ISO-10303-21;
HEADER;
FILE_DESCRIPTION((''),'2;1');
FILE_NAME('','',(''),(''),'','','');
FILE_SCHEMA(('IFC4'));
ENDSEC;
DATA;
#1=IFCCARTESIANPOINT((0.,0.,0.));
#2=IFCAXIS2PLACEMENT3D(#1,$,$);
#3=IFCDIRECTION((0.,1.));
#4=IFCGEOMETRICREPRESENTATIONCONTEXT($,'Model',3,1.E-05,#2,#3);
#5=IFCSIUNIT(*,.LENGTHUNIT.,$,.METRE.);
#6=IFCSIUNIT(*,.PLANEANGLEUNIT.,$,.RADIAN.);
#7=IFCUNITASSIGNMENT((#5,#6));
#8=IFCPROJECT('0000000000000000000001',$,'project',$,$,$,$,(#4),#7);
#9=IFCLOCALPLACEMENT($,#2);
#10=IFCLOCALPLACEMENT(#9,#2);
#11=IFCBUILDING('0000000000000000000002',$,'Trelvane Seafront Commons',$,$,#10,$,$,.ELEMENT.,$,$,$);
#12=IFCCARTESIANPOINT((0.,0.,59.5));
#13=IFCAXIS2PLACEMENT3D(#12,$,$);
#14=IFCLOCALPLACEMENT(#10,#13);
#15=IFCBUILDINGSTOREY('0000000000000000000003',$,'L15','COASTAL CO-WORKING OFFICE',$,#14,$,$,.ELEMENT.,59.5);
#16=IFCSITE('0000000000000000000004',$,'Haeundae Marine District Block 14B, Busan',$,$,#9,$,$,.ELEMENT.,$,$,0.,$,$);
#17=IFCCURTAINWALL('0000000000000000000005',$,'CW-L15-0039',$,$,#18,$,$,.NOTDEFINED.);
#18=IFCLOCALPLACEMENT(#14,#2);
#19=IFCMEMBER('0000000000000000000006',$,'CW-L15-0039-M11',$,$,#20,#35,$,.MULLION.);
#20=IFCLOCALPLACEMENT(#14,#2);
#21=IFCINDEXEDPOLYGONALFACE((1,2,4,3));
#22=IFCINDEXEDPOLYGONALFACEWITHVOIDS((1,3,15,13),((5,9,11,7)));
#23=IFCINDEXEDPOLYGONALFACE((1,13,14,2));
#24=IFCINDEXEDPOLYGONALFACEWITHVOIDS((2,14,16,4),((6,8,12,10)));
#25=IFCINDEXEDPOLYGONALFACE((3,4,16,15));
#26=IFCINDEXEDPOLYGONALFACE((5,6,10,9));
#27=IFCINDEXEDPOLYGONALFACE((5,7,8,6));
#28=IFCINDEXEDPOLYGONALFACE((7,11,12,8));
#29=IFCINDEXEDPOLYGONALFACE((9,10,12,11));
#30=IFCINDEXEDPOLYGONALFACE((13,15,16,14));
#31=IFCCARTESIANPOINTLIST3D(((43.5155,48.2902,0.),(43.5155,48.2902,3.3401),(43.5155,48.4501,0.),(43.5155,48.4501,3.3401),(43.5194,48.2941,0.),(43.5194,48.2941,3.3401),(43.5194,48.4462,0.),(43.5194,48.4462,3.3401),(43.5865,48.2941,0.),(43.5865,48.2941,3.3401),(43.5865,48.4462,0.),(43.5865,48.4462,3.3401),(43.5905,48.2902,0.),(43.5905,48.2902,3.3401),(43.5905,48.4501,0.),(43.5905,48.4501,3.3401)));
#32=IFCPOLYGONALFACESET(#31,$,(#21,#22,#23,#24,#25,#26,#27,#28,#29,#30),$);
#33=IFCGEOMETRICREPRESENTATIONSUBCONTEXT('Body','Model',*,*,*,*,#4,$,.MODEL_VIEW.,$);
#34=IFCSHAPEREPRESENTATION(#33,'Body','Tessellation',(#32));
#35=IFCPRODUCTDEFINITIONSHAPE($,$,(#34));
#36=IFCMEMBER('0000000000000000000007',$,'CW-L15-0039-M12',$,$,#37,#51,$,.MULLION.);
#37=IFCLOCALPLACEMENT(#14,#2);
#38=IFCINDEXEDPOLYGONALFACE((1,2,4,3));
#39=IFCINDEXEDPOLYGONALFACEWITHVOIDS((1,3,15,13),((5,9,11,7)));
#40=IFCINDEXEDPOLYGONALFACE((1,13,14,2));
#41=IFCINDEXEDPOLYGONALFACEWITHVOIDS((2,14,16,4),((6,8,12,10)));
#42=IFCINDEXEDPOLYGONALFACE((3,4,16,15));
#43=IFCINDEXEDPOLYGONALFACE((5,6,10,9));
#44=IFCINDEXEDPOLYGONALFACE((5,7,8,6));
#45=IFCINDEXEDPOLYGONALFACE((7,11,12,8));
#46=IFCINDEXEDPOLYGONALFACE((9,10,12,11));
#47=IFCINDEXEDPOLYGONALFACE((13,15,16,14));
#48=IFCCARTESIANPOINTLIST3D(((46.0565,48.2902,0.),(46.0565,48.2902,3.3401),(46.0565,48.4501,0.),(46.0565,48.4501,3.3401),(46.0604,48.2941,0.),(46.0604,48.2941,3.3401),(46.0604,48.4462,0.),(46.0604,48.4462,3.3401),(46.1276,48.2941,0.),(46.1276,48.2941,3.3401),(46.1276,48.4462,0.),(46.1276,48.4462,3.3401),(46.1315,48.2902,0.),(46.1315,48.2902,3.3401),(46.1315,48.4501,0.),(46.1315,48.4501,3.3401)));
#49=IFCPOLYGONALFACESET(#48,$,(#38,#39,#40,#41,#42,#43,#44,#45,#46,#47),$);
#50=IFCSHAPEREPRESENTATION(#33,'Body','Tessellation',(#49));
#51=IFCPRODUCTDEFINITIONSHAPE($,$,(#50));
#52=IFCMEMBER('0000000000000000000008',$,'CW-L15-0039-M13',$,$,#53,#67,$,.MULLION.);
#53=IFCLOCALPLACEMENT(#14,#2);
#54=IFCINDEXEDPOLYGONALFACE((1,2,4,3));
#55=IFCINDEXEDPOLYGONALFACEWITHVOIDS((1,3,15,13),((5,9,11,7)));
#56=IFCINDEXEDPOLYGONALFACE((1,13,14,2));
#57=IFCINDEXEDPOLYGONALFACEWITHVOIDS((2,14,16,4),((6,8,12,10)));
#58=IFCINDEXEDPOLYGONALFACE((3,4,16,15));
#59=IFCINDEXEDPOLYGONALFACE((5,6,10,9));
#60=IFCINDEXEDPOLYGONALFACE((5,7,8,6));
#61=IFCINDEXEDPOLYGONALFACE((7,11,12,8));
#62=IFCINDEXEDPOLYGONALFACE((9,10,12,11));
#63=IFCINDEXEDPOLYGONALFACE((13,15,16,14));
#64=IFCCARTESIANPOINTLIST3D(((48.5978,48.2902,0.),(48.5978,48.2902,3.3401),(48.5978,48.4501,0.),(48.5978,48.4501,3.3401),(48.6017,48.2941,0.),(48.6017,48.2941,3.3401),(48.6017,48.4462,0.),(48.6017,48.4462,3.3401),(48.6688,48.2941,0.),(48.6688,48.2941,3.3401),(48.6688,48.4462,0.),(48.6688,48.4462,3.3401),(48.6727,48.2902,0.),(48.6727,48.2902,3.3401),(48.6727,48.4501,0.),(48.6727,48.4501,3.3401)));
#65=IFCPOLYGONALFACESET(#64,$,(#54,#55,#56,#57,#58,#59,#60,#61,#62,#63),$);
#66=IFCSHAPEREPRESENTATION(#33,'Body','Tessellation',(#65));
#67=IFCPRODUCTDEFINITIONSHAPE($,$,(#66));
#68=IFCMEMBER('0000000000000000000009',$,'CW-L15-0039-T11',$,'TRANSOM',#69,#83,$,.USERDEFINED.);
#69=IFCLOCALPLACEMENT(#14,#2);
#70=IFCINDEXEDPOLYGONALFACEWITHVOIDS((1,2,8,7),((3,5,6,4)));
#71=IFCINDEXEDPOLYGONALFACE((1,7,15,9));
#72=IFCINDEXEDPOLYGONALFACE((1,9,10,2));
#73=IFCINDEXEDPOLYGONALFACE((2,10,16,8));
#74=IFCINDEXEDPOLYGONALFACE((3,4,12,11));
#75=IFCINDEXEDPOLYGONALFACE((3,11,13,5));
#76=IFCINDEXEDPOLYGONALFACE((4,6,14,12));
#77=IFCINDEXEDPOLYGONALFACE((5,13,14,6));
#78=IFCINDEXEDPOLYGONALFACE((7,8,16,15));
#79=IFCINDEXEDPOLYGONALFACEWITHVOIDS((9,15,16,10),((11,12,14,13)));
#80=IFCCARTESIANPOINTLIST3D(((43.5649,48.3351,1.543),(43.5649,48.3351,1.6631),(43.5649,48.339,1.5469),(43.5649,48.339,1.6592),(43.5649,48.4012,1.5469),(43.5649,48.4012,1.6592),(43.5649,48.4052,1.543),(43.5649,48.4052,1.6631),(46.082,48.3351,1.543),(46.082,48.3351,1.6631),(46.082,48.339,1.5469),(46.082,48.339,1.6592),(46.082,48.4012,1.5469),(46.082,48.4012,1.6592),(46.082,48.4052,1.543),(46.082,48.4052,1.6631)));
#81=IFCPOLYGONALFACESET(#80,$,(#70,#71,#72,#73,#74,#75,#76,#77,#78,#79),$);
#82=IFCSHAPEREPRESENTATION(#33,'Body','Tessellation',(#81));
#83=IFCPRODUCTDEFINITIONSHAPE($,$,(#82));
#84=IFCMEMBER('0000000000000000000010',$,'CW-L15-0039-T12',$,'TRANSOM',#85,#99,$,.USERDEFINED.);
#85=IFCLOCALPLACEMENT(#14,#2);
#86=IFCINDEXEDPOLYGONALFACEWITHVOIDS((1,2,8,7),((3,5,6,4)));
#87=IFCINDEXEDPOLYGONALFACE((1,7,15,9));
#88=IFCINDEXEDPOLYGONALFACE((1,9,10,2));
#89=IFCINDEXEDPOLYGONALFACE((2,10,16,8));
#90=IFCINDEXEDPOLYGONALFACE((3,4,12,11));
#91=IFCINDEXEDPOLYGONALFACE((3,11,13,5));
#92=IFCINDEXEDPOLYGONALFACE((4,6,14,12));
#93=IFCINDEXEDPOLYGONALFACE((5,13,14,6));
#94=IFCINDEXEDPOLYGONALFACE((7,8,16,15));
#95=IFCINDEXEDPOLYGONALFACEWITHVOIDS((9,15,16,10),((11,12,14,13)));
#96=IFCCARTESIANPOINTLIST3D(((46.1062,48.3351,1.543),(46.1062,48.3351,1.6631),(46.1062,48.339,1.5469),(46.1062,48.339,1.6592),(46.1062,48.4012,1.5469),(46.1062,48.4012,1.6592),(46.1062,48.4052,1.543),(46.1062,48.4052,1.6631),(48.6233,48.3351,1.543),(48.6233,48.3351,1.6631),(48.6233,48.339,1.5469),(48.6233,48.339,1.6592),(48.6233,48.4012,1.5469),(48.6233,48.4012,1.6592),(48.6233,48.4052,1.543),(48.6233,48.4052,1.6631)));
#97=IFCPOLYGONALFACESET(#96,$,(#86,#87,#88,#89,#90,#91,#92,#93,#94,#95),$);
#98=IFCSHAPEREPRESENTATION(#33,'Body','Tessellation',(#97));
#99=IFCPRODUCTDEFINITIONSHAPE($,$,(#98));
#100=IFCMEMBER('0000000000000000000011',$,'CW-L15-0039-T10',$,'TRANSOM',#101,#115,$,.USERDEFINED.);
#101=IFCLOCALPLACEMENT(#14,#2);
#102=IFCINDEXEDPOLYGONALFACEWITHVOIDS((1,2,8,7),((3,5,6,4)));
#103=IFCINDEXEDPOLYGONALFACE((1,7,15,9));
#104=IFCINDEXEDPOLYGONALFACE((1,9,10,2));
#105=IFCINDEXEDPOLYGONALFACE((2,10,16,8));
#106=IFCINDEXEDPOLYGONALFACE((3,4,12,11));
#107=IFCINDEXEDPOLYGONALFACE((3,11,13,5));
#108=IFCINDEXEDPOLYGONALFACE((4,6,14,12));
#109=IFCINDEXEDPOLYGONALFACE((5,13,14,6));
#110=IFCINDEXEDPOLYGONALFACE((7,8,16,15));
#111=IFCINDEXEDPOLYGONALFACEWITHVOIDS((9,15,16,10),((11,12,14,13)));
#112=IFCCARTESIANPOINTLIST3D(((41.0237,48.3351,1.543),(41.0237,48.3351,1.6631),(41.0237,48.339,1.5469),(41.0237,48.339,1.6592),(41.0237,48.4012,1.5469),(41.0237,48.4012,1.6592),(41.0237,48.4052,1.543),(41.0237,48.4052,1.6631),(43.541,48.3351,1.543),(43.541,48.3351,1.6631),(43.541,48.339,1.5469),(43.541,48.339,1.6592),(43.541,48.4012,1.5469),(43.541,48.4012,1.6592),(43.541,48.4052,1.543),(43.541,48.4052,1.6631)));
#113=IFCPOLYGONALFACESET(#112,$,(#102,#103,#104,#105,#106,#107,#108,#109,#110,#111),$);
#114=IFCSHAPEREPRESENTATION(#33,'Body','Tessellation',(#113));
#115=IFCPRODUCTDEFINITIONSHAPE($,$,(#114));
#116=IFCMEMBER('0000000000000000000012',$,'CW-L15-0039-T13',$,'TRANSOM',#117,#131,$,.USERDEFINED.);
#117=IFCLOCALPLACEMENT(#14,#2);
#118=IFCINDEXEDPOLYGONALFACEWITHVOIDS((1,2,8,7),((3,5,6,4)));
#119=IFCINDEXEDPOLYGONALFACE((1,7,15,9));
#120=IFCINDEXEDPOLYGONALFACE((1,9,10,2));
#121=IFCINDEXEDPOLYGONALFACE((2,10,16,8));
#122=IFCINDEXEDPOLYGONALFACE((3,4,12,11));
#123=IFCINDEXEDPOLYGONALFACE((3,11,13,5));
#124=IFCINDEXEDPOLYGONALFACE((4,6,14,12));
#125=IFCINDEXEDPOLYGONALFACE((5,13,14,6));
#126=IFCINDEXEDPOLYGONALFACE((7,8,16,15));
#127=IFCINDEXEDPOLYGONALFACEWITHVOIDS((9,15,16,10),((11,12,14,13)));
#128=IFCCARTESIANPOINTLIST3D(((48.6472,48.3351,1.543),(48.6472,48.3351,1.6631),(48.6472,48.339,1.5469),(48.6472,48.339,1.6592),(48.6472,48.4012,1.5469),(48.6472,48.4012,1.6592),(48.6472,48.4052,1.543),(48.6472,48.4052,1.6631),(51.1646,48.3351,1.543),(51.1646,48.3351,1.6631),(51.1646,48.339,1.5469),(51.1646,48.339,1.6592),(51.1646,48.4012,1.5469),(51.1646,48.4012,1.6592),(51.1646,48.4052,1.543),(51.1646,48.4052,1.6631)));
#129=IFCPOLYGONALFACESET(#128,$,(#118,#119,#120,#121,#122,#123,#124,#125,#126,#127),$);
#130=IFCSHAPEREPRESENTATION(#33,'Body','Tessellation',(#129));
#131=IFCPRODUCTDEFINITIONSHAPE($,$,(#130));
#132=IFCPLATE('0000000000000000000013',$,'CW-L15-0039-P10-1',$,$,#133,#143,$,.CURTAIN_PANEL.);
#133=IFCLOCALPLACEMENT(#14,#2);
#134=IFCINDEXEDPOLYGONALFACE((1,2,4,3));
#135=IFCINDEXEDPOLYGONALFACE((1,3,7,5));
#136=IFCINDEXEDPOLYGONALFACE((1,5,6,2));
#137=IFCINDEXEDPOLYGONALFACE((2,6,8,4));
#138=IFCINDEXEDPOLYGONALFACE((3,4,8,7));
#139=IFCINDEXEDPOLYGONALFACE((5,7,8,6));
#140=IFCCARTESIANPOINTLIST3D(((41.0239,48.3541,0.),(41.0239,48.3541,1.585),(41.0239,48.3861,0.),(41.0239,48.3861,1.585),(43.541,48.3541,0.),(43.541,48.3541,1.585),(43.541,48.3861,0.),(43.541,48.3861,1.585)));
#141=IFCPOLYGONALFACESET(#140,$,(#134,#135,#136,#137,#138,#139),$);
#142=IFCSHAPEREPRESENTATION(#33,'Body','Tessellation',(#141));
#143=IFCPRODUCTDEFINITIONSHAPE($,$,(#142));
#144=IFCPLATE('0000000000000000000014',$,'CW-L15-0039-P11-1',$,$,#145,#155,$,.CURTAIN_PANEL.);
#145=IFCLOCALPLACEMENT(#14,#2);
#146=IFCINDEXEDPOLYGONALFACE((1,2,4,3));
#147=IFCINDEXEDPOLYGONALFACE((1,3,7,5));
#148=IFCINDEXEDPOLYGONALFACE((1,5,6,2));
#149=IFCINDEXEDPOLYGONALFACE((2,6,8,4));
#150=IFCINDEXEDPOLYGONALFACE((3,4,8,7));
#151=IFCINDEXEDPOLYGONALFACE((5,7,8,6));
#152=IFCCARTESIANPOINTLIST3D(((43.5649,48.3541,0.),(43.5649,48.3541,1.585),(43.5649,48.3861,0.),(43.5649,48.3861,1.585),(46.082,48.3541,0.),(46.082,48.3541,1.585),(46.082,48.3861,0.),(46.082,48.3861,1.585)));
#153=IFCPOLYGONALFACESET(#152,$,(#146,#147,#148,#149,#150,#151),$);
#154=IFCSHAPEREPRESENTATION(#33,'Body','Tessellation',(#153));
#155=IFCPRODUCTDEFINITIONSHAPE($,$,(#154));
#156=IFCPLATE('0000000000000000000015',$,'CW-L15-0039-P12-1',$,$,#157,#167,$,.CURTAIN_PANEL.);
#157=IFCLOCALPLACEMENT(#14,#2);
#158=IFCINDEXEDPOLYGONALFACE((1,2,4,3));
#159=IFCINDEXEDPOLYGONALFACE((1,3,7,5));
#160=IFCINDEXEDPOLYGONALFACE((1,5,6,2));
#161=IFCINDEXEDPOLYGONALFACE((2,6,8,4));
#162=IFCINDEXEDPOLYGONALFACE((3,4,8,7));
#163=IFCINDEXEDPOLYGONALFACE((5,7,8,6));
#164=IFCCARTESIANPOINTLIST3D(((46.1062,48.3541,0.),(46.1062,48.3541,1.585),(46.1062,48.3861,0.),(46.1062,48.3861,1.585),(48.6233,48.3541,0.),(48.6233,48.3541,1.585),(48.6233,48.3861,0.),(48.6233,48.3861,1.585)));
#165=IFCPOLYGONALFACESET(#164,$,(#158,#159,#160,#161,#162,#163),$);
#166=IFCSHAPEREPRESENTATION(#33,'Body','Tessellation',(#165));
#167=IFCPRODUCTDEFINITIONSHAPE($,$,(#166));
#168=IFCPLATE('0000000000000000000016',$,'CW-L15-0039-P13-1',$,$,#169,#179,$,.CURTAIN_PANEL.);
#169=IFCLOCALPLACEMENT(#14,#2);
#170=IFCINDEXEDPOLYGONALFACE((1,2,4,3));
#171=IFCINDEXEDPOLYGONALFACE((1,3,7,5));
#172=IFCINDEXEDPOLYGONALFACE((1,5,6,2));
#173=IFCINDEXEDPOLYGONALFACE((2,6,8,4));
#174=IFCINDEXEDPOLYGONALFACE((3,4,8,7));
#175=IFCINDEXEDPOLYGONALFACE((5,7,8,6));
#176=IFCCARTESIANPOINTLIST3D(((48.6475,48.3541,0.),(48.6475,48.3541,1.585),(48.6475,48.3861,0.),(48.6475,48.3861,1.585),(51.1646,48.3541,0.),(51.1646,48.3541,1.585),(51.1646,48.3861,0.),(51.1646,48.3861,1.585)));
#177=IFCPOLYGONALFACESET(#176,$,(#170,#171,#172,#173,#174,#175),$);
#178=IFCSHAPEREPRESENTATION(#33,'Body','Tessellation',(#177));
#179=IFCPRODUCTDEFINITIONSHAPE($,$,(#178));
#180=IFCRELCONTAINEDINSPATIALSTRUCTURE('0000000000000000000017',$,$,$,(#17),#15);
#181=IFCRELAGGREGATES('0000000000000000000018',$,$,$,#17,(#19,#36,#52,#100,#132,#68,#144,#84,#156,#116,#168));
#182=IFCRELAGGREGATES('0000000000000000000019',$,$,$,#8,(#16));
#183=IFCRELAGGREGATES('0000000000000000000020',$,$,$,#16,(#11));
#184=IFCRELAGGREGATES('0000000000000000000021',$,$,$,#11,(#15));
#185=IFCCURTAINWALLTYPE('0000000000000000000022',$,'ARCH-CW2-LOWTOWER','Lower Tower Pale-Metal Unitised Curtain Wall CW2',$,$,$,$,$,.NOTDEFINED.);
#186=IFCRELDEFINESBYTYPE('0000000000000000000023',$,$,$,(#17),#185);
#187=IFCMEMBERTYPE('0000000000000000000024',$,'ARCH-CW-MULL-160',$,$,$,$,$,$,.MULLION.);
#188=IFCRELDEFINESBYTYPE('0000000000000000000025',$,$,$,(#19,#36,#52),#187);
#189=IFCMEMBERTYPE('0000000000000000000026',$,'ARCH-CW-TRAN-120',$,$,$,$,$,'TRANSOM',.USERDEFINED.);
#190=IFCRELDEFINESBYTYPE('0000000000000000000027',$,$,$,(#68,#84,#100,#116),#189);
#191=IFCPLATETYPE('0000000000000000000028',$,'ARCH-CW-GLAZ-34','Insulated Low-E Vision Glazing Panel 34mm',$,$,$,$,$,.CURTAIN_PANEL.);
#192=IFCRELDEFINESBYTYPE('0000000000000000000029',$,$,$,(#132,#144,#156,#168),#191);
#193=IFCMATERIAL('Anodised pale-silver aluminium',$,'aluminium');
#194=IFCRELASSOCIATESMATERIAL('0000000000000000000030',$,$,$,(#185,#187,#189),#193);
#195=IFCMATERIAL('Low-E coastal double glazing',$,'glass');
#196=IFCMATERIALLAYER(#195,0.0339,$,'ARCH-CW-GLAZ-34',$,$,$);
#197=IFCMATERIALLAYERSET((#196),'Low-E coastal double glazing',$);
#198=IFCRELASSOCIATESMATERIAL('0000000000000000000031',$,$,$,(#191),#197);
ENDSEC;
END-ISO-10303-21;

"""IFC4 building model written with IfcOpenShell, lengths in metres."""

from ifc_helpers import new_model, si_unit, direction, frame, origin, origin_2d, place, context, subcontext, project, spatial, rectangle, hollow_rectangle, extrude, source, transform, mapped, material, layer, layer_set, material_profile, profile_set, type_object, element, aggregate, save


model = new_model("IFC4")

# Units and contexts
model_context = context("Model", 3, precision=1e-05, world=origin(), true_north=direction((0.0, 1.0)))
body_context = subcontext(model_context, "Body", "Model", "MODEL_VIEW")
ifc_project = project(units=[si_unit("LENGTHUNIT", "METRE"), si_unit("PLANEANGLEUNIT", "RADIAN")], contexts=[model_context])

# Site, building, storey
site_placement = place(None, origin())
site = spatial("IfcSite", under=ifc_project, at=site_placement, Name="Haeundae Marine District Block 14B, Busan", CompositionType="ELEMENT", RefElevation=0.0)
building_placement = place(site_placement, origin())
building = spatial("IfcBuilding", under=site, at=building_placement, Name="Trelvane Seafront Commons", CompositionType="ELEMENT")
storey_placement = place(building_placement, frame((0.0, 0.0, 59.5)))
storey = spatial("IfcBuildingStorey", under=building, at=storey_placement, Name="L15", Description="COASTAL CO-WORKING OFFICE", CompositionType="ELEMENT", Elevation=59.5)

# Curtain wall, members, plates
ifc_material_1 = material(Name="Anodised pale-silver aluminium", Category="aluminium")
curtain_wall_type = type_object("IfcCurtainWallType", Name="ARCH-CW2-LOWTOWER", Description="Lower Tower Pale-Metal Unitised Curtain Wall CW2", PredefinedType="NOTDEFINED", material=ifc_material_1)
curtain_wall_placement = place(storey_placement, origin())
curtain_wall = element("IfcCurtainWall", 1, at=curtain_wall_placement, inside=storey, type_object=curtain_wall_type, Name="CW-L15-0039", PredefinedType="NOTDEFINED")
ifc_material_profile_1 = material_profile(ifc_material_1, hollow_rectangle(XDim=0.075, YDim=0.1599, WallThickness=0.0039, at=origin_2d()), Name="MULL-75x160x4")
ifc_profile_set_1 = profile_set([ifc_material_profile_1], Name="Anodised pale-silver aluminium")
member_type_1 = type_object("IfcMemberType", Name="ARCH-CW-MULL-160", PredefinedType="MULLION", material=ifc_profile_set_1)
shared_shape_1 = source(origin(), body_context, "Body", "SweptSolid", [
    extrude(hollow_rectangle(XDim=0.075, YDim=0.1599, WallThickness=0.0039, at=origin_2d()), origin(), (0.0, 0.0, 1.0), 3.3401),
])
member_1_placement = place(storey_placement, frame((43.553, 48.3701, 0.0), z_axis=(0.0, 0.0, 1.0), x_axis=(1.0, 0.0, 0.0)))
member_1 = element("IfcMember", 2, at=member_1_placement, type_object=member_type_1, Name="CW-L15-0039-M11", PredefinedType="MULLION", context=body_context, shape_type="MappedRepresentation", body=[
    mapped(shared_shape_1, transform((0.0, 0.0, 0.0), x_axis=(1.0, 0.0, 0.0), y_axis=(0.0, 1.0, 0.0), z_axis=(0.0, 0.0, 1.0), scale=1.0)),
])
member_2_placement = place(storey_placement, frame((46.094, 48.3701, 0.0), z_axis=(0.0, 0.0, 1.0), x_axis=(1.0, 0.0, 0.0)))
member_2 = element("IfcMember", 3, at=member_2_placement, type_object=member_type_1, Name="CW-L15-0039-M12", PredefinedType="MULLION", context=body_context, shape_type="MappedRepresentation", body=[
    mapped(shared_shape_1, transform((0.0, 0.0, 0.0), x_axis=(1.0, 0.0, 0.0), y_axis=(0.0, 1.0, 0.0), z_axis=(0.0, 0.0, 1.0), scale=1.0)),
])
member_3_placement = place(storey_placement, frame((48.6353, 48.3701, 0.0), z_axis=(0.0, 0.0, 1.0), x_axis=(1.0, 0.0, 0.0)))
member_3 = element("IfcMember", 4, at=member_3_placement, type_object=member_type_1, Name="CW-L15-0039-M13", PredefinedType="MULLION", context=body_context, shape_type="MappedRepresentation", body=[
    mapped(shared_shape_1, transform((0.0, 0.0, 0.0), x_axis=(1.0, 0.0, 0.0), y_axis=(0.0, 1.0, 0.0), z_axis=(0.0, 0.0, 1.0), scale=1.0)),
])
ifc_material_profile_2 = material_profile(ifc_material_1, hollow_rectangle(XDim=0.0701, YDim=0.1201, WallThickness=0.0039, at=origin_2d()), Name="TRAN-70x120x4")
ifc_profile_set_2 = profile_set([ifc_material_profile_2], Name="Anodised pale-silver aluminium")
member_type_2 = type_object("IfcMemberType", Name="ARCH-CW-TRAN-120", ElementType="TRANSOM", PredefinedType="USERDEFINED", material=ifc_profile_set_2)
shared_shape_2 = source(origin(), body_context, "Body", "SweptSolid", [
    extrude(hollow_rectangle(XDim=0.0701, YDim=0.1201, WallThickness=0.0039, at=origin_2d()), origin(), (0.0, 0.0, 1.0), 2.5171),
])
member_4_placement = place(storey_placement, frame((43.5649, 48.3701, 1.603), z_axis=(1.0, 0.0, 0.0), x_axis=(0.0, 1.0, 0.0)))
member_4 = element("IfcMember", 5, at=member_4_placement, type_object=member_type_2, Name="CW-L15-0039-T11", ObjectType="TRANSOM", PredefinedType="USERDEFINED", context=body_context, shape_type="MappedRepresentation", body=[
    mapped(shared_shape_2, transform((0.0, 0.0, 0.0), x_axis=(1.0, 0.0, 0.0), y_axis=(0.0, 1.0, 0.0), z_axis=(0.0, 0.0, 1.0), scale=1.0)),
])
member_5_placement = place(storey_placement, frame((46.1062, 48.3701, 1.603), z_axis=(1.0, 0.0, 0.0), x_axis=(0.0, 1.0, 0.0)))
member_5 = element("IfcMember", 6, at=member_5_placement, type_object=member_type_2, Name="CW-L15-0039-T12", ObjectType="TRANSOM", PredefinedType="USERDEFINED", context=body_context, shape_type="MappedRepresentation", body=[
    mapped(shared_shape_2, transform((0.0, 0.0, 0.0), x_axis=(1.0, 0.0, 0.0), y_axis=(0.0, 1.0, 0.0), z_axis=(0.0, 0.0, 1.0), scale=1.0)),
])
shared_shape_3 = source(origin(), body_context, "Body", "SweptSolid", [
    extrude(hollow_rectangle(XDim=0.0701, YDim=0.1201, WallThickness=0.0039, at=origin_2d()), origin(), (0.0, 0.0, 1.0), 2.5173),
])
member_6_placement = place(storey_placement, frame((41.0237, 48.3701, 1.603), z_axis=(1.0, 0.0, 0.0), x_axis=(0.0, 1.0, 0.0)))
member_6 = element("IfcMember", 7, at=member_6_placement, type_object=member_type_2, Name="CW-L15-0039-T10", ObjectType="TRANSOM", PredefinedType="USERDEFINED", context=body_context, shape_type="MappedRepresentation", body=[
    mapped(shared_shape_3, transform((0.0, 0.0, 0.0), x_axis=(1.0, 0.0, 0.0), y_axis=(0.0, 1.0, 0.0), z_axis=(0.0, 0.0, 1.0), scale=1.0)),
])
member_7_placement = place(storey_placement, frame((48.6472, 48.3701, 1.603), z_axis=(1.0, 0.0, 0.0), x_axis=(0.0, 1.0, 0.0)))
member_7 = element("IfcMember", 8, at=member_7_placement, type_object=member_type_2, Name="CW-L15-0039-T13", ObjectType="TRANSOM", PredefinedType="USERDEFINED", context=body_context, shape_type="MappedRepresentation", body=[
    mapped(shared_shape_3, transform((0.0, 0.0, 0.0), x_axis=(1.0, 0.0, 0.0), y_axis=(0.0, 1.0, 0.0), z_axis=(0.0, 0.0, 1.0), scale=1.0)),
])
ifc_material_2 = material(Name="Low-E coastal double glazing", Category="glass")
ifc_layer_1 = layer(ifc_material_2, 0.0339, Name="ARCH-CW-GLAZ-34")
ifc_layer_set_1 = layer_set([ifc_layer_1], Name="Low-E coastal double glazing")
plate_type_1 = type_object("IfcPlateType", Name="ARCH-CW-GLAZ-34", Description="Insulated Low-E Vision Glazing Panel 34mm", PredefinedType="CURTAIN_PANEL", material=ifc_layer_set_1)
shared_shape_4 = source(origin(), body_context, "Body", "SweptSolid", [
    extrude(rectangle(XDim=2.5171, YDim=0.032, at=origin_2d()), origin(), (0.0, 0.0, 1.0), 1.585),
])
plate_1_placement = place(storey_placement, frame((42.2825, 48.3701, 0.0), z_axis=(0.0, 0.0, 1.0), x_axis=(1.0, 0.0, 0.0)))
plate_1 = element("IfcPlate", 9, at=plate_1_placement, type_object=plate_type_1, Name="CW-L15-0039-P10-1", PredefinedType="CURTAIN_PANEL", context=body_context, shape_type="MappedRepresentation", body=[
    mapped(shared_shape_4, transform((0.0, 0.0, 0.0), x_axis=(1.0, 0.0, 0.0), y_axis=(0.0, 1.0, 0.0), z_axis=(0.0, 0.0, 1.0), scale=1.0)),
])
plate_2_placement = place(storey_placement, frame((44.8235, 48.3701, 0.0), z_axis=(0.0, 0.0, 1.0), x_axis=(1.0, 0.0, 0.0)))
plate_2 = element("IfcPlate", 10, at=plate_2_placement, type_object=plate_type_1, Name="CW-L15-0039-P11-1", PredefinedType="CURTAIN_PANEL", context=body_context, shape_type="MappedRepresentation", body=[
    mapped(shared_shape_4, transform((0.0, 0.0, 0.0), x_axis=(1.0, 0.0, 0.0), y_axis=(0.0, 1.0, 0.0), z_axis=(0.0, 0.0, 1.0), scale=1.0)),
])
plate_3_placement = place(storey_placement, frame((47.3647, 48.3701, 0.0), z_axis=(0.0, 0.0, 1.0), x_axis=(1.0, 0.0, 0.0)))
plate_3 = element("IfcPlate", 11, at=plate_3_placement, type_object=plate_type_1, Name="CW-L15-0039-P12-1", PredefinedType="CURTAIN_PANEL", context=body_context, shape_type="MappedRepresentation", body=[
    mapped(shared_shape_4, transform((0.0, 0.0, 0.0), x_axis=(1.0, 0.0, 0.0), y_axis=(0.0, 1.0, 0.0), z_axis=(0.0, 0.0, 1.0), scale=1.0)),
])
plate_4_placement = place(storey_placement, frame((49.906, 48.3701, 0.0), z_axis=(0.0, 0.0, 1.0), x_axis=(1.0, 0.0, 0.0)))
plate_4 = element("IfcPlate", 12, at=plate_4_placement, type_object=plate_type_1, Name="CW-L15-0039-P13-1", PredefinedType="CURTAIN_PANEL", context=body_context, shape_type="MappedRepresentation", body=[
    mapped(shared_shape_4, transform((0.0, 0.0, 0.0), x_axis=(1.0, 0.0, 0.0), y_axis=(0.0, 1.0, 0.0), z_axis=(0.0, 0.0, 1.0), scale=1.0)),
])
aggregate(curtain_wall, [member_1, member_2, member_3, member_6, plate_1, member_4, plate_2, member_5, plate_3, member_7, plate_4])

save(model, "model.ifc")
